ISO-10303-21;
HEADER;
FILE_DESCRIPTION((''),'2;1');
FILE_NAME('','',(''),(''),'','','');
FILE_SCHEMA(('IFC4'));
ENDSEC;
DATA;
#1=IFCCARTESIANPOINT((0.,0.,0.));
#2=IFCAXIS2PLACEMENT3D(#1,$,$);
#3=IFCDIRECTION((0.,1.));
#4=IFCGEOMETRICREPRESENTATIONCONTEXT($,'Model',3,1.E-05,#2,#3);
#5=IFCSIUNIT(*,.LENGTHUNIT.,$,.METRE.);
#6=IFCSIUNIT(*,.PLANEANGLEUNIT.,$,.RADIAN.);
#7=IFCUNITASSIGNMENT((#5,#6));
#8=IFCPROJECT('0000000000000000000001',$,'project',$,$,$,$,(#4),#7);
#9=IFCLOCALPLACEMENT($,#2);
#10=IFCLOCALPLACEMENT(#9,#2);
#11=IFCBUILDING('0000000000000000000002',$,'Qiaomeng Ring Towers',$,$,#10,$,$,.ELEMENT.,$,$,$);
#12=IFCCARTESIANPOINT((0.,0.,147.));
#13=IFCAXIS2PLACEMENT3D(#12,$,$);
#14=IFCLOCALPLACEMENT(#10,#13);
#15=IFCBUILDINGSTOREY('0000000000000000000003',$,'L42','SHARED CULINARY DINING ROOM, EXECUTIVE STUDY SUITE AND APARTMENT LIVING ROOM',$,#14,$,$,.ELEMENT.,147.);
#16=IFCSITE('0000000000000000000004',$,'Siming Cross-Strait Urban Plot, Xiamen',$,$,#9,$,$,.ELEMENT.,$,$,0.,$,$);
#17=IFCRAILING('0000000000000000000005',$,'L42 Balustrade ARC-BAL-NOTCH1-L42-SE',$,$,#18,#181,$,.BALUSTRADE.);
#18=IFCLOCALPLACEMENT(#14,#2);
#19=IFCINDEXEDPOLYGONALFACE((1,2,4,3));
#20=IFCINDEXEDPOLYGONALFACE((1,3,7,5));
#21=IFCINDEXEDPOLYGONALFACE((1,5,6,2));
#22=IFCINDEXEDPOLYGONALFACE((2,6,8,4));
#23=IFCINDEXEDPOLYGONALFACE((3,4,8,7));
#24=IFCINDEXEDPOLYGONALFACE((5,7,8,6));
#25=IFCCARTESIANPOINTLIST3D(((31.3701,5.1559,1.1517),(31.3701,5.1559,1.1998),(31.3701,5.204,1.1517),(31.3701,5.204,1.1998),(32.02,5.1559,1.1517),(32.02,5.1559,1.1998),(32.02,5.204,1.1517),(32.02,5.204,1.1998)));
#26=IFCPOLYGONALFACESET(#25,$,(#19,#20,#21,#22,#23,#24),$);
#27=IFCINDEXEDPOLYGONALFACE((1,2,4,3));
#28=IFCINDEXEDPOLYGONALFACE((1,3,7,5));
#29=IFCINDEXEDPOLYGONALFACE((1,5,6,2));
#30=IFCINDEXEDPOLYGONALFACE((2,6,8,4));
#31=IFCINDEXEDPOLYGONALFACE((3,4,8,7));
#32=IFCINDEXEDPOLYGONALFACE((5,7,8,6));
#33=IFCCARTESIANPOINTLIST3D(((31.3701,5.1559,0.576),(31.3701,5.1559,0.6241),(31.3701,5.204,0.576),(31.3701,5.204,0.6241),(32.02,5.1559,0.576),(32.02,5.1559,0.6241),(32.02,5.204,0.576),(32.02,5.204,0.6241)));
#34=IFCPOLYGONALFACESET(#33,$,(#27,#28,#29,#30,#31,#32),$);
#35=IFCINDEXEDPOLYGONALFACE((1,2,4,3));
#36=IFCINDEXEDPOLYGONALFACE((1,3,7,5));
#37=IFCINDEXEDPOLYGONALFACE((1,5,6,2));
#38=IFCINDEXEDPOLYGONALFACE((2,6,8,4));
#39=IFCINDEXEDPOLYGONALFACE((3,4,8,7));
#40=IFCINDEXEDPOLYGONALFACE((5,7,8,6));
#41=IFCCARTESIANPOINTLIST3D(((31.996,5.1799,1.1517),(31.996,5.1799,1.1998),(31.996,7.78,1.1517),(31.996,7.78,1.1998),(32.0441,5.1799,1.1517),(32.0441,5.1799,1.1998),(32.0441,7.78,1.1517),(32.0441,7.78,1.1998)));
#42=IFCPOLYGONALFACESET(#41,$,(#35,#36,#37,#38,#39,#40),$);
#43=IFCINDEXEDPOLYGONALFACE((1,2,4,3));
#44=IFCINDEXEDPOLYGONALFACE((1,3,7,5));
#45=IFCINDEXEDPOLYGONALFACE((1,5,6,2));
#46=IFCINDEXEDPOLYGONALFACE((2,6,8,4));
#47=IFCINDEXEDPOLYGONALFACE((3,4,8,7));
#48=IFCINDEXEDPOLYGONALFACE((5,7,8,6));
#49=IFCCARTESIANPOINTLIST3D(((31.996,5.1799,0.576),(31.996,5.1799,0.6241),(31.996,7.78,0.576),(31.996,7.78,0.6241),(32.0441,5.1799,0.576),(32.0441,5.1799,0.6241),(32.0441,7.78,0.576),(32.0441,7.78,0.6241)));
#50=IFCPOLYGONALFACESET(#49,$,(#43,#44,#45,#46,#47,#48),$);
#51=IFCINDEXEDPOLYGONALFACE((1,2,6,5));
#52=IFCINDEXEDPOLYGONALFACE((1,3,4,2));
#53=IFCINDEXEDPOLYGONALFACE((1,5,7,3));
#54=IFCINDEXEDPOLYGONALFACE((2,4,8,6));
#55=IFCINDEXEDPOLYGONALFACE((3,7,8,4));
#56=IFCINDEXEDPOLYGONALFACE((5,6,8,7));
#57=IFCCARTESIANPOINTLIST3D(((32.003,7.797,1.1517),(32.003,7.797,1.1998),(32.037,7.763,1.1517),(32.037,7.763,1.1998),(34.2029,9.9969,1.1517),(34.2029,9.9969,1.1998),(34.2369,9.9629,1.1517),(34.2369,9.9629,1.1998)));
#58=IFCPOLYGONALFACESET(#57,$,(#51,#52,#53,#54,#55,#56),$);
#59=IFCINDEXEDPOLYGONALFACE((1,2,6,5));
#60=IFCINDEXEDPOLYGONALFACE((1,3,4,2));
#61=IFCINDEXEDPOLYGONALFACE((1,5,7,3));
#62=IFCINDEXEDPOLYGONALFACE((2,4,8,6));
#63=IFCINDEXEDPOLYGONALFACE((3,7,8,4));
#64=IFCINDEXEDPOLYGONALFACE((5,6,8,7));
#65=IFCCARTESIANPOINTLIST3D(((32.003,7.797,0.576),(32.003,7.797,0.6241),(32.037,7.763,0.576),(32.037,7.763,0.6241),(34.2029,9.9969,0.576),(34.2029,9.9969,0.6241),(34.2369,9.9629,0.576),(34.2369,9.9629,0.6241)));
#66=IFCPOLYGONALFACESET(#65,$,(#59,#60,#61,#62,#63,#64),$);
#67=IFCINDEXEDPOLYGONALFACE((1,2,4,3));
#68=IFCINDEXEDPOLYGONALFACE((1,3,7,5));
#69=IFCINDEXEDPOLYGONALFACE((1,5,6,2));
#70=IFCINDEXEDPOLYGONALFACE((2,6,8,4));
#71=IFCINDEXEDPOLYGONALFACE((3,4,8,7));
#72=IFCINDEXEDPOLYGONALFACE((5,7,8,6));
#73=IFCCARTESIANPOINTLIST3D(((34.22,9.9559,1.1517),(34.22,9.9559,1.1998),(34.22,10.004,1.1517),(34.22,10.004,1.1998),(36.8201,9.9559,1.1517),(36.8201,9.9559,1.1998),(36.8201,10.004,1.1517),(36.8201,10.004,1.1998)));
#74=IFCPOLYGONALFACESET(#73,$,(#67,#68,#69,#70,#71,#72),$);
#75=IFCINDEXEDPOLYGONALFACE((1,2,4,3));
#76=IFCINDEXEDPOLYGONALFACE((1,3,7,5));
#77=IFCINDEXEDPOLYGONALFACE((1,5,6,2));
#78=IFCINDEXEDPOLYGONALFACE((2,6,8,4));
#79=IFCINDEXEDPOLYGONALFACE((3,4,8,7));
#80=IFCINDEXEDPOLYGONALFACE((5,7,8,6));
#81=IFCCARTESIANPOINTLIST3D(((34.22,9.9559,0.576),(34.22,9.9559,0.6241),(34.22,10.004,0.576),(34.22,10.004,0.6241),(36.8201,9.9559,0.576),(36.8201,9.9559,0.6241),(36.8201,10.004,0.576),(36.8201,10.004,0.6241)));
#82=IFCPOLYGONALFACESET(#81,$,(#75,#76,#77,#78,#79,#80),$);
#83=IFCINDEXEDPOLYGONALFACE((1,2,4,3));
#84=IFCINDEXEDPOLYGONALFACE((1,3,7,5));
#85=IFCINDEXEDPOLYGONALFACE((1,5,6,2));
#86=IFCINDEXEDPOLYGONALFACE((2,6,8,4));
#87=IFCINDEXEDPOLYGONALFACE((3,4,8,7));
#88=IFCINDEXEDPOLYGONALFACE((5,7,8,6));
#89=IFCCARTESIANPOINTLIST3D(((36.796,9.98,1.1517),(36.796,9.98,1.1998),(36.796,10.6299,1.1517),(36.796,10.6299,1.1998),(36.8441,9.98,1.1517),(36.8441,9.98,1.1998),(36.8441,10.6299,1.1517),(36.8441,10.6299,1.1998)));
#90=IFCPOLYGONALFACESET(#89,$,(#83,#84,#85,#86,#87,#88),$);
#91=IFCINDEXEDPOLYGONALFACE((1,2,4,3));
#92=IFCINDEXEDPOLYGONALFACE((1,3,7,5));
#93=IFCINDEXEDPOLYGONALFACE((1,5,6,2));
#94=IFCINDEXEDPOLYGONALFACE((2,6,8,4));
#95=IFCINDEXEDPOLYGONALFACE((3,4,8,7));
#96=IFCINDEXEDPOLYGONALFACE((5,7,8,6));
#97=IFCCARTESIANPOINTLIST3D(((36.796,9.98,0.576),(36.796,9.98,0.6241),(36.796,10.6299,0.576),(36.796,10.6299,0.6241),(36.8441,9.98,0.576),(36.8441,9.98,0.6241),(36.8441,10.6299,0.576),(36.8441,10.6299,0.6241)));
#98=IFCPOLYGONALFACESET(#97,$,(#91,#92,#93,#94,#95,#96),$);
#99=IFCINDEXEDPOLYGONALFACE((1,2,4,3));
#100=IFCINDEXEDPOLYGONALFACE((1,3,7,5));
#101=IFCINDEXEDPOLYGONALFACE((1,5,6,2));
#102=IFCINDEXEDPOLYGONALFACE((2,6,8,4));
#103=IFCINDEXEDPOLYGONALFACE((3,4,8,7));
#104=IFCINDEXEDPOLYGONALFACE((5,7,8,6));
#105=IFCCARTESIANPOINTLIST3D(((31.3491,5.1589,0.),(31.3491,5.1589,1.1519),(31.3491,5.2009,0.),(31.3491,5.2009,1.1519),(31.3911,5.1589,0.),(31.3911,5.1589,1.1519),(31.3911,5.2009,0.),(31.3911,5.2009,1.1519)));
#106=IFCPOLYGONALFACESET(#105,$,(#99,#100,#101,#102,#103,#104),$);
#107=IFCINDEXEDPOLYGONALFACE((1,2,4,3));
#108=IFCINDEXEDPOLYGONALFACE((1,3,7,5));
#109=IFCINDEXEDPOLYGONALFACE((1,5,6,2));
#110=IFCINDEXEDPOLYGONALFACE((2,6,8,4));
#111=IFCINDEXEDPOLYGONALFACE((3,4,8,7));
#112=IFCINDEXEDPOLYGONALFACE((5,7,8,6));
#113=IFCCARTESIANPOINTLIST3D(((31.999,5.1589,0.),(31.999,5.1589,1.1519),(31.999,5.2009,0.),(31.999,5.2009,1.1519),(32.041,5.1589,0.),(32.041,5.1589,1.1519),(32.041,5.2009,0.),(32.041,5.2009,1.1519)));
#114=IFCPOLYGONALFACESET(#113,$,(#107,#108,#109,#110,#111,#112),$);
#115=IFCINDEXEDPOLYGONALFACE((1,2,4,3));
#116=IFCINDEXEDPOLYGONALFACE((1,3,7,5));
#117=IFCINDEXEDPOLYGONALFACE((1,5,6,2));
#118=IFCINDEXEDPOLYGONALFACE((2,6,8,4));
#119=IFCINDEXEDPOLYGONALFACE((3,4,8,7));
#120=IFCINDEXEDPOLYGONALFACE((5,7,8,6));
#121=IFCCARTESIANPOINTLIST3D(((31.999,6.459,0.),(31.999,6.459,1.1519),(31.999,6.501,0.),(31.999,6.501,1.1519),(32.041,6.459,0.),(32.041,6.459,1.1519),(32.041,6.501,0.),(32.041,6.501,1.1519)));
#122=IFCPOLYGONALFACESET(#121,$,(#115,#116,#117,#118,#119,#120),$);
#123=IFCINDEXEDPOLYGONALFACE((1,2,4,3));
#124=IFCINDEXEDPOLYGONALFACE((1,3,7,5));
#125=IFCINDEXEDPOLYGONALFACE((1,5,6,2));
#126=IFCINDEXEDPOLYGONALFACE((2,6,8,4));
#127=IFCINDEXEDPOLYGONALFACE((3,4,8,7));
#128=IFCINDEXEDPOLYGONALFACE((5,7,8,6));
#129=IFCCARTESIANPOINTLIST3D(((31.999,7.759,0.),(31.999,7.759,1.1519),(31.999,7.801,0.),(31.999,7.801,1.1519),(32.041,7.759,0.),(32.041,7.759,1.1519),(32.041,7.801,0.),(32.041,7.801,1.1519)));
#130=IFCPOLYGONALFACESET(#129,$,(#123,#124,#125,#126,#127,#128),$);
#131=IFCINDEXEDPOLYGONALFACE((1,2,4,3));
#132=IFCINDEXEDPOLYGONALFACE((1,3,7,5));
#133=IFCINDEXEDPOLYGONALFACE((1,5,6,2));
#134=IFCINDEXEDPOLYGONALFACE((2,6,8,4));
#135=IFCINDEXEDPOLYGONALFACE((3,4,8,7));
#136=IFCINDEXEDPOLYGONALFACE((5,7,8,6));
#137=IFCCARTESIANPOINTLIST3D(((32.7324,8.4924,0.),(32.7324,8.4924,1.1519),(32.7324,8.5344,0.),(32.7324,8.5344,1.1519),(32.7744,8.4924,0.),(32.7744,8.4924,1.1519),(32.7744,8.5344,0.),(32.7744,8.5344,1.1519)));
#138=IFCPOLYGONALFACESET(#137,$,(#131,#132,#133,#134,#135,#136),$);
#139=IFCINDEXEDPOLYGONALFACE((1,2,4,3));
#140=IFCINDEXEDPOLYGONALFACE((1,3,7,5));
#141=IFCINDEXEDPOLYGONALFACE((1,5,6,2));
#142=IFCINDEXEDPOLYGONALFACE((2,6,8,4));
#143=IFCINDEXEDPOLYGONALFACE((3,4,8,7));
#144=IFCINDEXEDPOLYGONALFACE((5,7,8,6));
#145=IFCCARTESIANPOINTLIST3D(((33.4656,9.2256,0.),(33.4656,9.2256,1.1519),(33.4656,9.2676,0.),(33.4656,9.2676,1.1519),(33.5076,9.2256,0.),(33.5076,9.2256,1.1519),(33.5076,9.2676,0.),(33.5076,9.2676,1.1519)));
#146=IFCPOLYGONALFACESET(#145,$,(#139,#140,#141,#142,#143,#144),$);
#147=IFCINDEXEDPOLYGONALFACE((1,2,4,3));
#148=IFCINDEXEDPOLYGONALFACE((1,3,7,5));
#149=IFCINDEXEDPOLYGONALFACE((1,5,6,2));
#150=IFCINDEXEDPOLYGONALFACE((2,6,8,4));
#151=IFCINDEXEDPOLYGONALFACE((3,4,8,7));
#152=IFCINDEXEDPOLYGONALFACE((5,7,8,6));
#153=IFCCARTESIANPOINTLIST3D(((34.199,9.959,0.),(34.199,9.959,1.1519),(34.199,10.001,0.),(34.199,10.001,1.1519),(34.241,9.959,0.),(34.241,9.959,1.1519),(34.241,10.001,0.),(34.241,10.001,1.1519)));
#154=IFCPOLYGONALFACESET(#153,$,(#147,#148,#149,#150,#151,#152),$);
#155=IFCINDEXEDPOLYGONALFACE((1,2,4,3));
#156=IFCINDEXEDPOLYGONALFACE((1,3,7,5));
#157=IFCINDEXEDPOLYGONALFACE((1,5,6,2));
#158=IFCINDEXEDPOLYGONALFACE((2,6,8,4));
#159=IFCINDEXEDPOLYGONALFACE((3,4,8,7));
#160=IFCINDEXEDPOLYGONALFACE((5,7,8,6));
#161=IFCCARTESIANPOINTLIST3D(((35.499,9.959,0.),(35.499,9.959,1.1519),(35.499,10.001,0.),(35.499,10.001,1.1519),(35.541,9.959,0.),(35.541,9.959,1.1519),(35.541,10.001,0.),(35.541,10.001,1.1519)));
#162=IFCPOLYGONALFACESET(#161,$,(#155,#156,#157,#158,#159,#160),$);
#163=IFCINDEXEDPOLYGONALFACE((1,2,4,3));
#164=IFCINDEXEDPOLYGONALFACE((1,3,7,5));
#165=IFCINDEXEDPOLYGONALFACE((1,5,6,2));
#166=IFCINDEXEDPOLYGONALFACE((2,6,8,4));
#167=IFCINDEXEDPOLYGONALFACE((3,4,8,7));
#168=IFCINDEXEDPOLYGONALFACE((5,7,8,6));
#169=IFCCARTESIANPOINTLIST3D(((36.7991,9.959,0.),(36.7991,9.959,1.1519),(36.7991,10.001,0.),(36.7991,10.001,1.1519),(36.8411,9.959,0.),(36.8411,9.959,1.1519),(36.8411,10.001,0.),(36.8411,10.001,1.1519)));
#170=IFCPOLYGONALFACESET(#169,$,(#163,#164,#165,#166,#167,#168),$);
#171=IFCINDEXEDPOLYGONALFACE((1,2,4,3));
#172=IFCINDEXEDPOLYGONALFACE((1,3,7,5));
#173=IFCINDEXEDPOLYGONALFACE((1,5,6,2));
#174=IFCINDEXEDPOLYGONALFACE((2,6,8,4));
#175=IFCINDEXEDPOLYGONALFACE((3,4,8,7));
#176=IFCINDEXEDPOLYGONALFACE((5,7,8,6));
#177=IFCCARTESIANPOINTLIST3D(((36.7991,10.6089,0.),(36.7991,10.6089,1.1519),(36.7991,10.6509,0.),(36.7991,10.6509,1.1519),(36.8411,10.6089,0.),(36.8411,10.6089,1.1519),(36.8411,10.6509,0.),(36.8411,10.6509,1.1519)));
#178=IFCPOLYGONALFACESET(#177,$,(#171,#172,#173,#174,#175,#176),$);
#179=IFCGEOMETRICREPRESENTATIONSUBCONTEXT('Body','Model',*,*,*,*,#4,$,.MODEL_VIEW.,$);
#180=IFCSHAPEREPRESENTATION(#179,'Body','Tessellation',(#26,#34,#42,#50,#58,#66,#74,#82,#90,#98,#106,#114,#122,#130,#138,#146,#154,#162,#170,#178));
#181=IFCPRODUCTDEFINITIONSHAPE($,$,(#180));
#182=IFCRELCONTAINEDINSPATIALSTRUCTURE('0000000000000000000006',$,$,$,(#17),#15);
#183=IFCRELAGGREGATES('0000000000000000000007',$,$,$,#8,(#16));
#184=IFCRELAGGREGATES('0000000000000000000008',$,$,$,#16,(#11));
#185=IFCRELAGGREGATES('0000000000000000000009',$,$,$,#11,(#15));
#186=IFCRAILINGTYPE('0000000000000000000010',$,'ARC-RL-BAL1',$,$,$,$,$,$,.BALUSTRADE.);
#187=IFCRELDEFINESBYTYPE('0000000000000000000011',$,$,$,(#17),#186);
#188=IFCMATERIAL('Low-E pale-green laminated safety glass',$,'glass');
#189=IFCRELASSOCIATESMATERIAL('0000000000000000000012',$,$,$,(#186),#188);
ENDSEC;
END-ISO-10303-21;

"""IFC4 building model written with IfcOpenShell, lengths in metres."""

from ifc_helpers import new_model, si_unit, direction, frame, origin, origin_2d, place, context, subcontext, project, spatial, rectangle, extrude, material, type_object, element, save


model = new_model("IFC4")

# Units and contexts
model_context = context("Model", 3, precision=1e-05, world=origin(), true_north=direction((0.0, 1.0)))
body_context = subcontext(model_context, "Body", "Model", "MODEL_VIEW")
ifc_project = project(units=[si_unit("LENGTHUNIT", "METRE"), si_unit("PLANEANGLEUNIT", "RADIAN")], contexts=[model_context])

# Site, building, storey
site_placement = place(None, origin())
site = spatial("IfcSite", under=ifc_project, at=site_placement, Name="Siming Cross-Strait Urban Plot, Xiamen", CompositionType="ELEMENT", RefElevation=0.0)
building_placement = place(site_placement, origin())
building = spatial("IfcBuilding", under=site, at=building_placement, Name="Qiaomeng Ring Towers", CompositionType="ELEMENT")
storey_placement = place(building_placement, frame((0.0, 0.0, 147.0)))
storey = spatial("IfcBuildingStorey", under=building, at=storey_placement, Name="L42", Description="SHARED CULINARY DINING ROOM, EXECUTIVE STUDY SUITE AND APARTMENT LIVING ROOM", CompositionType="ELEMENT", Elevation=147.0)

# Railing
ifc_material_1 = material(Name="Low-E pale-green laminated safety glass", Category="glass")
railing_type = type_object("IfcRailingType", Name="ARC-RL-BAL1", PredefinedType="BALUSTRADE", material=ifc_material_1)
railing_placement = place(storey_placement, frame((31.3701, 5.1799, 0.0)))
element("IfcRailing", 1, at=railing_placement, inside=storey, type_object=railing_type, Name="L42 Balustrade ARC-BAL-NOTCH1-L42-SE", PredefinedType="BALUSTRADE", context=body_context, shape_type="SweptSolid", body=[
    extrude(rectangle(XDim=0.0481, YDim=0.0481, at=origin_2d()), frame((0.0, 0.0, 1.1758), z_axis=(1.0, 0.0, 0.0), x_axis=(0.0, 1.0, 0.0)), (0.0, 0.0, 1.0), 0.6499),
    extrude(rectangle(XDim=0.0481, YDim=0.0481, at=origin_2d()), frame((0.0, 0.0, 0.6001), z_axis=(1.0, 0.0, 0.0), x_axis=(0.0, 1.0, 0.0)), (0.0, 0.0, 1.0), 0.6499),
    extrude(rectangle(XDim=0.0481, YDim=0.0481, at=origin_2d()), frame((0.6499, 0.0, 1.1758), z_axis=(0.0, 1.0, 0.0), x_axis=(-1.0, 0.0, 0.0)), (0.0, 0.0, 1.0), 2.6001),
    extrude(rectangle(XDim=0.0481, YDim=0.0481, at=origin_2d()), frame((0.6499, 0.0, 0.6001), z_axis=(0.0, 1.0, 0.0), x_axis=(-1.0, 0.0, 0.0)), (0.0, 0.0, 1.0), 2.6001),
    extrude(rectangle(XDim=0.0481, YDim=0.0481, at=origin_2d()), frame((0.6499, 2.6001, 1.1758), z_axis=(0.707107, 0.707107, 0.0), x_axis=(-0.707107, 0.707107, 0.0)), (0.0, 0.0, 1.0), 3.1111),
    extrude(rectangle(XDim=0.0481, YDim=0.0481, at=origin_2d()), frame((0.6499, 2.6001, 0.6001), z_axis=(0.707107, 0.707107, 0.0), x_axis=(-0.707107, 0.707107, 0.0)), (0.0, 0.0, 1.0), 3.1111),
    extrude(rectangle(XDim=0.0481, YDim=0.0481, at=origin_2d()), frame((2.8499, 4.8, 1.1758), z_axis=(1.0, 0.0, 0.0), x_axis=(0.0, 1.0, 0.0)), (0.0, 0.0, 1.0), 2.6001),
    extrude(rectangle(XDim=0.0481, YDim=0.0481, at=origin_2d()), frame((2.8499, 4.8, 0.6001), z_axis=(1.0, 0.0, 0.0), x_axis=(0.0, 1.0, 0.0)), (0.0, 0.0, 1.0), 2.6001),
    extrude(rectangle(XDim=0.0481, YDim=0.0481, at=origin_2d()), frame((5.45, 4.8, 1.1758), z_axis=(0.0, 1.0, 0.0), x_axis=(-1.0, 0.0, 0.0)), (0.0, 0.0, 1.0), 0.6499),
    extrude(rectangle(XDim=0.0481, YDim=0.0481, at=origin_2d()), frame((5.45, 4.8, 0.6001), z_axis=(0.0, 1.0, 0.0), x_axis=(-1.0, 0.0, 0.0)), (0.0, 0.0, 1.0), 0.6499),
    extrude(rectangle(XDim=0.042, YDim=0.042, at=origin_2d()), origin(), (0.0, 0.0, 1.0), 1.1519),
    extrude(rectangle(XDim=0.042, YDim=0.042, at=origin_2d()), frame((0.6499, 0.0, 0.0)), (0.0, 0.0, 1.0), 1.1519),
    extrude(rectangle(XDim=0.042, YDim=0.042, at=origin_2d()), frame((0.6499, 1.3, 0.0)), (0.0, 0.0, 1.0), 1.1519),
    extrude(rectangle(XDim=0.042, YDim=0.042, at=origin_2d()), frame((0.6499, 2.6001, 0.0)), (0.0, 0.0, 1.0), 1.1519),
    extrude(rectangle(XDim=0.042, YDim=0.042, at=origin_2d()), frame((1.3833, 3.3335, 0.0)), (0.0, 0.0, 1.0), 1.1519),
    extrude(rectangle(XDim=0.042, YDim=0.042, at=origin_2d()), frame((2.1165, 4.0667, 0.0)), (0.0, 0.0, 1.0), 1.1519),
    extrude(rectangle(XDim=0.042, YDim=0.042, at=origin_2d()), frame((2.8499, 4.8, 0.0)), (0.0, 0.0, 1.0), 1.1519),
    extrude(rectangle(XDim=0.042, YDim=0.042, at=origin_2d()), frame((4.1499, 4.8, 0.0)), (0.0, 0.0, 1.0), 1.1519),
    extrude(rectangle(XDim=0.042, YDim=0.042, at=origin_2d()), frame((5.45, 4.8, 0.0)), (0.0, 0.0, 1.0), 1.1519),
    extrude(rectangle(XDim=0.042, YDim=0.042, at=origin_2d()), frame((5.45, 5.45, 0.0)), (0.0, 0.0, 1.0), 1.1519),
])

save(model, "model.ifc")
